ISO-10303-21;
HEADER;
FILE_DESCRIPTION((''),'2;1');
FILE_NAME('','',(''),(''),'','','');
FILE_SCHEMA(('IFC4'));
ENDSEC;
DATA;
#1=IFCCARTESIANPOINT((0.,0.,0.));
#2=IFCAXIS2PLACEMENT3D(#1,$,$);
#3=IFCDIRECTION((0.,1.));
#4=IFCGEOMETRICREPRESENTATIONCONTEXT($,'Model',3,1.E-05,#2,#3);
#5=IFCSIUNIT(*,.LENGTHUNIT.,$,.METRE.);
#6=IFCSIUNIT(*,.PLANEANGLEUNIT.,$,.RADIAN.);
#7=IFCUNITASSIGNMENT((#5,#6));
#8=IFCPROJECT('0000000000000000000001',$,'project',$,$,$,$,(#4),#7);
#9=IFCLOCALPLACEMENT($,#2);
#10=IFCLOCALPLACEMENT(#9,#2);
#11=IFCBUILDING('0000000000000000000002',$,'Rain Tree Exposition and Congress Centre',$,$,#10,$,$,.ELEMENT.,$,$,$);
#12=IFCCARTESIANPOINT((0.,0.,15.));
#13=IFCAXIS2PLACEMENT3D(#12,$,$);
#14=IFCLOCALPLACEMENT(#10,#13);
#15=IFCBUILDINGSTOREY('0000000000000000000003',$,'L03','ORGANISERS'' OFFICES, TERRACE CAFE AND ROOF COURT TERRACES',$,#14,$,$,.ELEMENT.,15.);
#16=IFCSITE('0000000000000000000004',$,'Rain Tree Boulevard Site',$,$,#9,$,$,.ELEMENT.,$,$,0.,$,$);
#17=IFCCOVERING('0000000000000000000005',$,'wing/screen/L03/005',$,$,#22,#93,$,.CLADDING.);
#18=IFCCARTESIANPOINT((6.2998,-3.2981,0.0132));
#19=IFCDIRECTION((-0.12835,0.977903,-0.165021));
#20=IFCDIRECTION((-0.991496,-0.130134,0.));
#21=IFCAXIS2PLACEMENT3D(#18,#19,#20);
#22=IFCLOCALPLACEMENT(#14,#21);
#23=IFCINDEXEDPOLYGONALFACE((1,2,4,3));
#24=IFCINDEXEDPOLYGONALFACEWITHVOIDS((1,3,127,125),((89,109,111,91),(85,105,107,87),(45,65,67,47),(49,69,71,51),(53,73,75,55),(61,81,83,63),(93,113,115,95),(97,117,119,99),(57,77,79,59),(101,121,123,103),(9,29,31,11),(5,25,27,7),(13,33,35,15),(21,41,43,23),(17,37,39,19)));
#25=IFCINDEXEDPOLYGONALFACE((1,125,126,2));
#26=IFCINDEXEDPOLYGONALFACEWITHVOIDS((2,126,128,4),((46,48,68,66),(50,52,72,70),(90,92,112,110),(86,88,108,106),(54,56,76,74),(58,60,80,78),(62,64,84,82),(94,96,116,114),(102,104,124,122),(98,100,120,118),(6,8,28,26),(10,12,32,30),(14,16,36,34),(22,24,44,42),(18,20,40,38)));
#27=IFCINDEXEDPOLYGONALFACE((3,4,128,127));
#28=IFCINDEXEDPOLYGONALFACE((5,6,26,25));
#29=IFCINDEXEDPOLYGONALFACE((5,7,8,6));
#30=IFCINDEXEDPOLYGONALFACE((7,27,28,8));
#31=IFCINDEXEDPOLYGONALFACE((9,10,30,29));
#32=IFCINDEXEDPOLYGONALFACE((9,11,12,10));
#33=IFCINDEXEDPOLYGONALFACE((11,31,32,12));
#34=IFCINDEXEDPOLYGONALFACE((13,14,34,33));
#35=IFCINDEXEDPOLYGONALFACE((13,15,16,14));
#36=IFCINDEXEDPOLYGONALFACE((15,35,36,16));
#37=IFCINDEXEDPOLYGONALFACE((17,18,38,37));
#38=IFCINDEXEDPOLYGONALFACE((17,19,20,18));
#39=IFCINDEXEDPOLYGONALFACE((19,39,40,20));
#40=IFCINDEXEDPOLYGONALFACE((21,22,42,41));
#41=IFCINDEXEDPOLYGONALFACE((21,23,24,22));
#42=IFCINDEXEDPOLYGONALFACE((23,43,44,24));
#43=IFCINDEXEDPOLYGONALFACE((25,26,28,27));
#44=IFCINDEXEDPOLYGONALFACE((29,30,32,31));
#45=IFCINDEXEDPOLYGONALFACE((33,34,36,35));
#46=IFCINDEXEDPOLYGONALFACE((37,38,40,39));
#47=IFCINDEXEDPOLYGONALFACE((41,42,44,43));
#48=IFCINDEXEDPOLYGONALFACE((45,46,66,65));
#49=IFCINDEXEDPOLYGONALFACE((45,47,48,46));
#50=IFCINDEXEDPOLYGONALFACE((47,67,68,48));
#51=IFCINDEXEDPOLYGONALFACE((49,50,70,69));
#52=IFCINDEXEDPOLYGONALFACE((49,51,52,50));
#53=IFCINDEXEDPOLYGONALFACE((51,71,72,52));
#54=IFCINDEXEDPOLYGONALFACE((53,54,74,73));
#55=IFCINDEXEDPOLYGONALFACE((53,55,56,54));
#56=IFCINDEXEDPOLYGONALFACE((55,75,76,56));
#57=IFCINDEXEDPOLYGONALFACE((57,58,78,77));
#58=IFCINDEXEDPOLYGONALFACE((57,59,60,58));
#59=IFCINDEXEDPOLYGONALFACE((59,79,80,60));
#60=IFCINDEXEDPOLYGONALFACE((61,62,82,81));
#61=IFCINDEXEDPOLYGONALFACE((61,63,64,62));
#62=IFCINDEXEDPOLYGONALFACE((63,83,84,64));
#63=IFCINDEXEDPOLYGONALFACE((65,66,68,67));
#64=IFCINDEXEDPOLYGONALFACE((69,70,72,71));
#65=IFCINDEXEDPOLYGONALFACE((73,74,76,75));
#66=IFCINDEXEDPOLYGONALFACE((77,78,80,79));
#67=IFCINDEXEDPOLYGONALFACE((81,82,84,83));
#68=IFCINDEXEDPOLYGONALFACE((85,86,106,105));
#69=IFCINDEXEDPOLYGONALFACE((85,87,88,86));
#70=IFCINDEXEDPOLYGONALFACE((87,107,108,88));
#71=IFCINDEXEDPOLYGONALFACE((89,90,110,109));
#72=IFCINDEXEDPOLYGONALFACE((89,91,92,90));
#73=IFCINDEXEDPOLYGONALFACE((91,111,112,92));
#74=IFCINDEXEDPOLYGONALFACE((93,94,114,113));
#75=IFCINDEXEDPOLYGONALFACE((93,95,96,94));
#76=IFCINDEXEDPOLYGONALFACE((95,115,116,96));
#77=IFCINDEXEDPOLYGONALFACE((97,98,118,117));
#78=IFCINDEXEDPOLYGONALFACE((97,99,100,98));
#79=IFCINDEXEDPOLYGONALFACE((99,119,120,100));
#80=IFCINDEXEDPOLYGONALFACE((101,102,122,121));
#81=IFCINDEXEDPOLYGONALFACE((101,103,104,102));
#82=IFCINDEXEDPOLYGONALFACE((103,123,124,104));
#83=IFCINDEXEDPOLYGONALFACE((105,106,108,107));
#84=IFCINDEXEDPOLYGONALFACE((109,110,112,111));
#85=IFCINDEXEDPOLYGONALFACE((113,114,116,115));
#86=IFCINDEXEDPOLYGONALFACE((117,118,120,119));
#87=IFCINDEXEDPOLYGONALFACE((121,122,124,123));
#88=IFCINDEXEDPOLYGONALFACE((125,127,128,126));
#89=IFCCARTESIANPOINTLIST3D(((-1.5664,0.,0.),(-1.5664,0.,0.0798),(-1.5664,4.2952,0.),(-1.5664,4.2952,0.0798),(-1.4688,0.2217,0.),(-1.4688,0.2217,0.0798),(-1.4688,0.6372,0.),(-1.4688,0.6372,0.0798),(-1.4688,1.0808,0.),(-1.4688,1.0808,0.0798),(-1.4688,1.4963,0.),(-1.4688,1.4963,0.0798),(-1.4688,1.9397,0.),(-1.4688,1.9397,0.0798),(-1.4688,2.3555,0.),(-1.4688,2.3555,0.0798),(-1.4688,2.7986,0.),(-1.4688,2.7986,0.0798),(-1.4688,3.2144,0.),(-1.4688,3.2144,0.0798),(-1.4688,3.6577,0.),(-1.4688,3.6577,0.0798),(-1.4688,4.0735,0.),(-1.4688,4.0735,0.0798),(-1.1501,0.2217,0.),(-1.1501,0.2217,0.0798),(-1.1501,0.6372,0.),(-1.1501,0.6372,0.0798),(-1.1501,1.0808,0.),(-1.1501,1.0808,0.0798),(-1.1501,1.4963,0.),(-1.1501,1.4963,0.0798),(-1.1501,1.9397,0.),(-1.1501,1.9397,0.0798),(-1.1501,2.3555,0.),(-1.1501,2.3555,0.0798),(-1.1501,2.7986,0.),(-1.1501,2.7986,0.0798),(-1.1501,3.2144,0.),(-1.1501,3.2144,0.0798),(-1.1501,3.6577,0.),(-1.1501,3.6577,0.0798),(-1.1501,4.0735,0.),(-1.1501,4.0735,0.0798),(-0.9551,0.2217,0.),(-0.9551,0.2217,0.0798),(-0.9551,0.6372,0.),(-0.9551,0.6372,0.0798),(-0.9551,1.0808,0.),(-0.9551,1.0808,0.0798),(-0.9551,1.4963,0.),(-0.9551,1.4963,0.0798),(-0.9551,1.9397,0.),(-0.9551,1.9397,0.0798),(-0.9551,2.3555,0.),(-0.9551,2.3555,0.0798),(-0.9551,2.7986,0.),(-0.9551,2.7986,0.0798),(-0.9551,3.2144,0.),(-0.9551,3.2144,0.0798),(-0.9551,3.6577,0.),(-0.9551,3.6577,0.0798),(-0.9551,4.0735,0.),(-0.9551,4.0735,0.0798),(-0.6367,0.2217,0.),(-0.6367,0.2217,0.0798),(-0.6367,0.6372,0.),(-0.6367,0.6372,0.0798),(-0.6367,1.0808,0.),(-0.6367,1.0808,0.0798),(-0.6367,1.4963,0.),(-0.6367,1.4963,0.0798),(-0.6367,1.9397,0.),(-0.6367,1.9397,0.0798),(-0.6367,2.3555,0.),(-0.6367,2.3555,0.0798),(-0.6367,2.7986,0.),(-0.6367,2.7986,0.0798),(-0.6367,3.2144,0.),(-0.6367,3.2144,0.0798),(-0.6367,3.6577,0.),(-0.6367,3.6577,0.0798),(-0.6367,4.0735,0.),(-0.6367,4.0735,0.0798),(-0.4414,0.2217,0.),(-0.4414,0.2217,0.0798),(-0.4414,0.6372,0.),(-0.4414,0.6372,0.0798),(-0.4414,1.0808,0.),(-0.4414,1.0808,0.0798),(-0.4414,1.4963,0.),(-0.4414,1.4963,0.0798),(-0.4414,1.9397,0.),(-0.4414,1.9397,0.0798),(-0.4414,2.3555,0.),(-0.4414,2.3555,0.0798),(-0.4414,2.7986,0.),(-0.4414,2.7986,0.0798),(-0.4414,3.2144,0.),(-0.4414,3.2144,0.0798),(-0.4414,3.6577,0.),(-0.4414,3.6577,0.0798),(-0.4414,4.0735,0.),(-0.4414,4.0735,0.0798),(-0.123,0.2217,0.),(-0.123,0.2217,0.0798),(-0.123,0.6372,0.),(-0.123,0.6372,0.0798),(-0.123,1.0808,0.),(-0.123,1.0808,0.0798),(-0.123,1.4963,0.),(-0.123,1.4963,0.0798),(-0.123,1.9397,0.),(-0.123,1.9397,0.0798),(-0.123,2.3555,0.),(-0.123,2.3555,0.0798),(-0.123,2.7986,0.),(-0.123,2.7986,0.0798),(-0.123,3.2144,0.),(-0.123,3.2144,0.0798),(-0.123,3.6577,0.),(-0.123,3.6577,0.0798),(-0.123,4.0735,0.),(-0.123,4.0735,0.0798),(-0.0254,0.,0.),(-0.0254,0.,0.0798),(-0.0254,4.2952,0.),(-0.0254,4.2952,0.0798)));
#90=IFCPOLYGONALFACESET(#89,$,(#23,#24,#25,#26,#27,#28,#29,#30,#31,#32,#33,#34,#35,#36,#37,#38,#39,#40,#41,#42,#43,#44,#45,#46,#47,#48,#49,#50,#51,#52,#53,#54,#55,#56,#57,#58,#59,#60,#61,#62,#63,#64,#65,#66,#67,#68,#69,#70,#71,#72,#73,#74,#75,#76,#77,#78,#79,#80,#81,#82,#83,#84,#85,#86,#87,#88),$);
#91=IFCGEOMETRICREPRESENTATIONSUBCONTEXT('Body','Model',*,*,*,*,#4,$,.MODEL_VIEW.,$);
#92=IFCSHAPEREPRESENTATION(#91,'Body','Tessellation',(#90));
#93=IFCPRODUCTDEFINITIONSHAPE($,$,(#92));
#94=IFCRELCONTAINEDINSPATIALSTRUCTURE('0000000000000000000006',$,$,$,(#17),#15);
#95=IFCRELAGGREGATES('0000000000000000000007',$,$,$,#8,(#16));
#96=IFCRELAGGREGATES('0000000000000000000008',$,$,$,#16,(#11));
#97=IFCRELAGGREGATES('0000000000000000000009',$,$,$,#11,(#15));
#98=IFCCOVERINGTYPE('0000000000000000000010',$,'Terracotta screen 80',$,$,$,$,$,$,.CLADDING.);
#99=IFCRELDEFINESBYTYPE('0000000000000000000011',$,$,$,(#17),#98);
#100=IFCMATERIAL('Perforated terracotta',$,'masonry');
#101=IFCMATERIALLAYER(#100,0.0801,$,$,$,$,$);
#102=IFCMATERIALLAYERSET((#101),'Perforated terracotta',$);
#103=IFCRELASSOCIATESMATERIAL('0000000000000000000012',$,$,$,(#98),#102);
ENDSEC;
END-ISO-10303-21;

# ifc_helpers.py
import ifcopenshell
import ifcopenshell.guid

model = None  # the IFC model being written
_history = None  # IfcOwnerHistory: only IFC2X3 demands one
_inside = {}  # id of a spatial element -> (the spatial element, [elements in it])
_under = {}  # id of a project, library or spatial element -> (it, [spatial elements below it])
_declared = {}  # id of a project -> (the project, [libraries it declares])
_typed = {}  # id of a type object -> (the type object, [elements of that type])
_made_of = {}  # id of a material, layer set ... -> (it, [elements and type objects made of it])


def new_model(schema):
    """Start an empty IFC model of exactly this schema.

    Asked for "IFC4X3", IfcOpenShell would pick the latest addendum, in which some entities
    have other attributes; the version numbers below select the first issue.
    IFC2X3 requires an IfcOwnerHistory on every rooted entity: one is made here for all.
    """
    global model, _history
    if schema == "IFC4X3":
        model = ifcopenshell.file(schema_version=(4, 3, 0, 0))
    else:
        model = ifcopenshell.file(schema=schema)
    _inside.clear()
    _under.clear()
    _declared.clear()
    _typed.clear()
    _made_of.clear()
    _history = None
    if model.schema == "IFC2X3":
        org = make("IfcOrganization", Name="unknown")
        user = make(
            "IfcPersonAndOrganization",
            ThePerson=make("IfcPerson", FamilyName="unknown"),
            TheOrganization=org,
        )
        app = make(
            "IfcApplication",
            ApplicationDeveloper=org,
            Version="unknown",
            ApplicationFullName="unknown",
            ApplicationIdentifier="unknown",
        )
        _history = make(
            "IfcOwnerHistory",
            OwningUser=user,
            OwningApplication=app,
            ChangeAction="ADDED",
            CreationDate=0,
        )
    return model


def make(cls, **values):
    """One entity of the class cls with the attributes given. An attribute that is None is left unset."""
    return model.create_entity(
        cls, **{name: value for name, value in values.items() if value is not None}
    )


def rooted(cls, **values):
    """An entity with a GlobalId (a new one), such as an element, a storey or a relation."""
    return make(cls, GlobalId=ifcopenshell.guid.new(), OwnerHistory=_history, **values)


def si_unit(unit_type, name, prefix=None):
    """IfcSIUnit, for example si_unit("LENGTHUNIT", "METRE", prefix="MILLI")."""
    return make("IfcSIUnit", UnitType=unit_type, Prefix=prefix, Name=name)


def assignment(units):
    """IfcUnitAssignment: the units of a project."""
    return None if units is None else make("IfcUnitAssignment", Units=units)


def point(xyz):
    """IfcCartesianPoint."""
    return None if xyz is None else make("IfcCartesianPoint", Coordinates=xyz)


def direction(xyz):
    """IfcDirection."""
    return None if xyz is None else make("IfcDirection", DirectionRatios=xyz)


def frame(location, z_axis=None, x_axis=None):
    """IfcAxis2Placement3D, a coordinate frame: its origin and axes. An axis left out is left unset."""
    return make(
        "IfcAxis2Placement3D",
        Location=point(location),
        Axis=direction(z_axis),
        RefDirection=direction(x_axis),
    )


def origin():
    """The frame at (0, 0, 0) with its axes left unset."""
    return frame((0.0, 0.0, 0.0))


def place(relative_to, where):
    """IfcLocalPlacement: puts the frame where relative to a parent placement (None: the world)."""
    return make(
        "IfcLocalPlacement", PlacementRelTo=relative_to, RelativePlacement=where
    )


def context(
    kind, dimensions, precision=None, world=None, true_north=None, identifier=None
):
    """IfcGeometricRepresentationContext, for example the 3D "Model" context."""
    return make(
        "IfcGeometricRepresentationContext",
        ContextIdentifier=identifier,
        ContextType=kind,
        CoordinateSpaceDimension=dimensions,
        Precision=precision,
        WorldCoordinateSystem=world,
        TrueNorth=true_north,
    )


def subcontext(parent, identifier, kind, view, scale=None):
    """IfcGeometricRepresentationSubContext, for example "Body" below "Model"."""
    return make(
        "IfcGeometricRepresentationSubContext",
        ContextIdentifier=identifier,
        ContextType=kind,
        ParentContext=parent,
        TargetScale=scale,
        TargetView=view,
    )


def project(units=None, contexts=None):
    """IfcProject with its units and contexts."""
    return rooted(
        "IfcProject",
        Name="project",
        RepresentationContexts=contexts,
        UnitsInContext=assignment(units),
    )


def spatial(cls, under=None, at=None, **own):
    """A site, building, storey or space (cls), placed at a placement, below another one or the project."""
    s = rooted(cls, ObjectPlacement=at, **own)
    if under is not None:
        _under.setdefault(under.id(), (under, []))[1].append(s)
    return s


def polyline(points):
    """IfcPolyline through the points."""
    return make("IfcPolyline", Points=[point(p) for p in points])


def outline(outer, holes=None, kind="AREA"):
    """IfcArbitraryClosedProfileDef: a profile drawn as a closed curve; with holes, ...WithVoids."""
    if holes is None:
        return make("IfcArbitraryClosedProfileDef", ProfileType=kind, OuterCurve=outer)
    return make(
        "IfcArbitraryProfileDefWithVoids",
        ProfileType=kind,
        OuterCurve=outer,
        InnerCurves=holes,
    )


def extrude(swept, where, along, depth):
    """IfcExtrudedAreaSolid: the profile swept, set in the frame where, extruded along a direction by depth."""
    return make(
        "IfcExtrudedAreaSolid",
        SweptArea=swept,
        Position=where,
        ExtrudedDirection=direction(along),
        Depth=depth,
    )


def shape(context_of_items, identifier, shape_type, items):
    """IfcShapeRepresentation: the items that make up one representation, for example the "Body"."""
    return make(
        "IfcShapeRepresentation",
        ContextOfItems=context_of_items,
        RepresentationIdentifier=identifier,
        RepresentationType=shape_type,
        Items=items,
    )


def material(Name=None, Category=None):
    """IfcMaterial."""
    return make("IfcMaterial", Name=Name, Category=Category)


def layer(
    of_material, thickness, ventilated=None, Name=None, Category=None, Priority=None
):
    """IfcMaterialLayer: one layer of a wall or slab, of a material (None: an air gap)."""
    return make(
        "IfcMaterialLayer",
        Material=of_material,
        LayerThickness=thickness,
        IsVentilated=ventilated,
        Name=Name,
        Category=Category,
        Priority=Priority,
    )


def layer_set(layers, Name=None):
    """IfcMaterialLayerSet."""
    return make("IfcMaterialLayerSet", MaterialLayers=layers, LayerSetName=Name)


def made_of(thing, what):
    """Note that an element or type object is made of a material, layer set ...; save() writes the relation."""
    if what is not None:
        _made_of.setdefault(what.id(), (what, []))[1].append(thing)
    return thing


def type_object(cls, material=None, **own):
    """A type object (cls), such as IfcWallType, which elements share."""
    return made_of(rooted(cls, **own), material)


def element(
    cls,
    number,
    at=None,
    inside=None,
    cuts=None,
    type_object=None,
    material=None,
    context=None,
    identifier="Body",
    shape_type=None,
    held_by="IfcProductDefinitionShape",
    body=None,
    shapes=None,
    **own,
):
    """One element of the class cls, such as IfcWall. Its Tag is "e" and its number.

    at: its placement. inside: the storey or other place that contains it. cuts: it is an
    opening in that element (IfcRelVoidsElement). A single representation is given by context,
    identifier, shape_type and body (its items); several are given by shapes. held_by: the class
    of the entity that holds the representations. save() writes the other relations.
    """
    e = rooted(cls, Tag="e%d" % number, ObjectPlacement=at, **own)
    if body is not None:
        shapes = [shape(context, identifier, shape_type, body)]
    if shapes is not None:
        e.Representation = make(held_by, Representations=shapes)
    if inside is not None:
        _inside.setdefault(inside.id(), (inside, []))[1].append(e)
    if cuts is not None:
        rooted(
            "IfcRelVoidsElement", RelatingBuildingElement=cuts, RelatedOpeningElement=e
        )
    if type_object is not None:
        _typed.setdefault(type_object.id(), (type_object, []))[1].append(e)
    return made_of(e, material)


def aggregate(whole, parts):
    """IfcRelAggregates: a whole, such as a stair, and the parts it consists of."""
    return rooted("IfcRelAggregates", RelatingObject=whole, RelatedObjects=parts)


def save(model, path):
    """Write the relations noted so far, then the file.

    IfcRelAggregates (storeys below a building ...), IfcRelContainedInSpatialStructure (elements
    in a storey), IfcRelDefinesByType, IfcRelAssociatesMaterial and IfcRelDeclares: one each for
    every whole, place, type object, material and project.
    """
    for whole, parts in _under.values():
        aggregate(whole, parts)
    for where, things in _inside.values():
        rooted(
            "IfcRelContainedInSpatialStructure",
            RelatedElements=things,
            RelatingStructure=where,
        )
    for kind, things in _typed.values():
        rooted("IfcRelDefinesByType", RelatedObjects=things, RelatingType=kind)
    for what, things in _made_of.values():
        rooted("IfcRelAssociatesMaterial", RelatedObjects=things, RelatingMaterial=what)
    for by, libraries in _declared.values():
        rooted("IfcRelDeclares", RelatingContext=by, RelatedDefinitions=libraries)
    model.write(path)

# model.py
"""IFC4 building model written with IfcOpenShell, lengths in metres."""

from ifc_helpers import new_model, si_unit, direction, frame, origin, place, context, subcontext, project, spatial, polyline, outline, extrude, material, layer, layer_set, type_object, element, save


model = new_model("IFC4")

# Units and contexts
model_context = context("Model", 3, precision=1e-05, world=origin(), true_north=direction((0.0, 1.0)))
body_context = subcontext(model_context, "Body", "Model", "MODEL_VIEW")
ifc_project = project(units=[si_unit("LENGTHUNIT", "METRE"), si_unit("PLANEANGLEUNIT", "RADIAN")], contexts=[model_context])

# Site, building, storey
site_placement = place(None, origin())
site = spatial("IfcSite", under=ifc_project, at=site_placement, Name="Rain Tree Boulevard Site", CompositionType="ELEMENT", RefElevation=0.0)
building_placement = place(site_placement, origin())
building = spatial("IfcBuilding", under=site, at=building_placement, Name="Rain Tree Exposition and Congress Centre", CompositionType="ELEMENT")
storey_placement = place(building_placement, frame((0.0, 0.0, 15.0)))
storey = spatial("IfcBuildingStorey", under=building, at=storey_placement, Name="L03", Description="ORGANISERS' OFFICES, TERRACE CAFE AND ROOF COURT TERRACES", CompositionType="ELEMENT", Elevation=15.0)

# Covering
ifc_material_1 = material(Name="Perforated terracotta", Category="masonry")
ifc_layer_1 = layer(ifc_material_1, 0.0801)
ifc_layer_set_1 = layer_set([ifc_layer_1], Name="Perforated terracotta")
covering_type_1 = type_object("IfcCoveringType", Name="Terracotta screen 80", PredefinedType="CLADDING", material=ifc_layer_set_1)
covering_1_placement = place(storey_placement, frame((6.2998, -3.2981, 0.0132), z_axis=(-0.12835, 0.977903, -0.165021), x_axis=(-0.991496, -0.130134, 0.0)))
element("IfcCovering", 1, at=covering_1_placement, inside=storey, type_object=covering_type_1, Name="wing/screen/L03/005", PredefinedType="CLADDING", context=body_context, shape_type="SweptSolid", body=[
    extrude(outline(polyline([(-1.5664, 0.0), (-1.5664, 4.2952), (-0.0254, 4.2952), (-0.0254, 0.0), (-1.5664, 0.0)]), holes=[polyline([(-0.123, 0.2217), (-0.123, 0.6372), (-0.4414, 0.6372), (-0.4414, 0.2217), (-0.123, 0.2217)]), polyline([(-0.123, 1.0808), (-0.123, 1.4963), (-0.4414, 1.4963), (-0.4414, 1.0808), (-0.123, 1.0808)]), polyline([(-0.123, 1.9397), (-0.123, 2.3555), (-0.4414, 2.3555), (-0.4414, 1.9397), (-0.123, 1.9397)]), polyline([(-0.123, 2.7986), (-0.123, 3.2144), (-0.4414, 3.2144), (-0.4414, 2.7986), (-0.123, 2.7986)]), polyline([(-0.123, 3.6577), (-0.123, 4.0735), (-0.4414, 4.0735), (-0.4414, 3.6577), (-0.123, 3.6577)]), polyline([(-0.6367, 0.2217), (-0.6367, 0.6372), (-0.9551, 0.6372), (-0.9551, 0.2217), (-0.6367, 0.2217)]), polyline([(-0.6367, 1.0808), (-0.6367, 1.4963), (-0.9551, 1.4963), (-0.9551, 1.0808), (-0.6367, 1.0808)]), polyline([(-0.6367, 1.9397), (-0.6367, 2.3555), (-0.9551, 2.3555), (-0.9551, 1.9397), (-0.6367, 1.9397)]), polyline([(-0.6367, 2.7986), (-0.6367, 3.2144), (-0.9551, 3.2144), (-0.9551, 2.7986), (-0.6367, 2.7986)]), polyline([(-0.6367, 3.6577), (-0.6367, 4.0735), (-0.9551, 4.0735), (-0.9551, 3.6577), (-0.6367, 3.6577)]), polyline([(-1.1501, 0.2217), (-1.1501, 0.6372), (-1.4688, 0.6372), (-1.4688, 0.2217), (-1.1501, 0.2217)]), polyline([(-1.1501, 1.0808), (-1.1501, 1.4963), (-1.4688, 1.4963), (-1.4688, 1.0808), (-1.1501, 1.0808)]), polyline([(-1.1501, 1.9397), (-1.1501, 2.3555), (-1.4688, 2.3555), (-1.4688, 1.9397), (-1.1501, 1.9397)]), polyline([(-1.1501, 2.7986), (-1.1501, 3.2144), (-1.4688, 3.2144), (-1.4688, 2.7986), (-1.1501, 2.7986)]), polyline([(-1.1501, 3.6577), (-1.1501, 4.0735), (-1.4688, 4.0735), (-1.4688, 3.6577), (-1.1501, 3.6577)])]), origin(), (0.0, 0.0, 1.0), 0.0798),
])

save(model, "model.ifc")
